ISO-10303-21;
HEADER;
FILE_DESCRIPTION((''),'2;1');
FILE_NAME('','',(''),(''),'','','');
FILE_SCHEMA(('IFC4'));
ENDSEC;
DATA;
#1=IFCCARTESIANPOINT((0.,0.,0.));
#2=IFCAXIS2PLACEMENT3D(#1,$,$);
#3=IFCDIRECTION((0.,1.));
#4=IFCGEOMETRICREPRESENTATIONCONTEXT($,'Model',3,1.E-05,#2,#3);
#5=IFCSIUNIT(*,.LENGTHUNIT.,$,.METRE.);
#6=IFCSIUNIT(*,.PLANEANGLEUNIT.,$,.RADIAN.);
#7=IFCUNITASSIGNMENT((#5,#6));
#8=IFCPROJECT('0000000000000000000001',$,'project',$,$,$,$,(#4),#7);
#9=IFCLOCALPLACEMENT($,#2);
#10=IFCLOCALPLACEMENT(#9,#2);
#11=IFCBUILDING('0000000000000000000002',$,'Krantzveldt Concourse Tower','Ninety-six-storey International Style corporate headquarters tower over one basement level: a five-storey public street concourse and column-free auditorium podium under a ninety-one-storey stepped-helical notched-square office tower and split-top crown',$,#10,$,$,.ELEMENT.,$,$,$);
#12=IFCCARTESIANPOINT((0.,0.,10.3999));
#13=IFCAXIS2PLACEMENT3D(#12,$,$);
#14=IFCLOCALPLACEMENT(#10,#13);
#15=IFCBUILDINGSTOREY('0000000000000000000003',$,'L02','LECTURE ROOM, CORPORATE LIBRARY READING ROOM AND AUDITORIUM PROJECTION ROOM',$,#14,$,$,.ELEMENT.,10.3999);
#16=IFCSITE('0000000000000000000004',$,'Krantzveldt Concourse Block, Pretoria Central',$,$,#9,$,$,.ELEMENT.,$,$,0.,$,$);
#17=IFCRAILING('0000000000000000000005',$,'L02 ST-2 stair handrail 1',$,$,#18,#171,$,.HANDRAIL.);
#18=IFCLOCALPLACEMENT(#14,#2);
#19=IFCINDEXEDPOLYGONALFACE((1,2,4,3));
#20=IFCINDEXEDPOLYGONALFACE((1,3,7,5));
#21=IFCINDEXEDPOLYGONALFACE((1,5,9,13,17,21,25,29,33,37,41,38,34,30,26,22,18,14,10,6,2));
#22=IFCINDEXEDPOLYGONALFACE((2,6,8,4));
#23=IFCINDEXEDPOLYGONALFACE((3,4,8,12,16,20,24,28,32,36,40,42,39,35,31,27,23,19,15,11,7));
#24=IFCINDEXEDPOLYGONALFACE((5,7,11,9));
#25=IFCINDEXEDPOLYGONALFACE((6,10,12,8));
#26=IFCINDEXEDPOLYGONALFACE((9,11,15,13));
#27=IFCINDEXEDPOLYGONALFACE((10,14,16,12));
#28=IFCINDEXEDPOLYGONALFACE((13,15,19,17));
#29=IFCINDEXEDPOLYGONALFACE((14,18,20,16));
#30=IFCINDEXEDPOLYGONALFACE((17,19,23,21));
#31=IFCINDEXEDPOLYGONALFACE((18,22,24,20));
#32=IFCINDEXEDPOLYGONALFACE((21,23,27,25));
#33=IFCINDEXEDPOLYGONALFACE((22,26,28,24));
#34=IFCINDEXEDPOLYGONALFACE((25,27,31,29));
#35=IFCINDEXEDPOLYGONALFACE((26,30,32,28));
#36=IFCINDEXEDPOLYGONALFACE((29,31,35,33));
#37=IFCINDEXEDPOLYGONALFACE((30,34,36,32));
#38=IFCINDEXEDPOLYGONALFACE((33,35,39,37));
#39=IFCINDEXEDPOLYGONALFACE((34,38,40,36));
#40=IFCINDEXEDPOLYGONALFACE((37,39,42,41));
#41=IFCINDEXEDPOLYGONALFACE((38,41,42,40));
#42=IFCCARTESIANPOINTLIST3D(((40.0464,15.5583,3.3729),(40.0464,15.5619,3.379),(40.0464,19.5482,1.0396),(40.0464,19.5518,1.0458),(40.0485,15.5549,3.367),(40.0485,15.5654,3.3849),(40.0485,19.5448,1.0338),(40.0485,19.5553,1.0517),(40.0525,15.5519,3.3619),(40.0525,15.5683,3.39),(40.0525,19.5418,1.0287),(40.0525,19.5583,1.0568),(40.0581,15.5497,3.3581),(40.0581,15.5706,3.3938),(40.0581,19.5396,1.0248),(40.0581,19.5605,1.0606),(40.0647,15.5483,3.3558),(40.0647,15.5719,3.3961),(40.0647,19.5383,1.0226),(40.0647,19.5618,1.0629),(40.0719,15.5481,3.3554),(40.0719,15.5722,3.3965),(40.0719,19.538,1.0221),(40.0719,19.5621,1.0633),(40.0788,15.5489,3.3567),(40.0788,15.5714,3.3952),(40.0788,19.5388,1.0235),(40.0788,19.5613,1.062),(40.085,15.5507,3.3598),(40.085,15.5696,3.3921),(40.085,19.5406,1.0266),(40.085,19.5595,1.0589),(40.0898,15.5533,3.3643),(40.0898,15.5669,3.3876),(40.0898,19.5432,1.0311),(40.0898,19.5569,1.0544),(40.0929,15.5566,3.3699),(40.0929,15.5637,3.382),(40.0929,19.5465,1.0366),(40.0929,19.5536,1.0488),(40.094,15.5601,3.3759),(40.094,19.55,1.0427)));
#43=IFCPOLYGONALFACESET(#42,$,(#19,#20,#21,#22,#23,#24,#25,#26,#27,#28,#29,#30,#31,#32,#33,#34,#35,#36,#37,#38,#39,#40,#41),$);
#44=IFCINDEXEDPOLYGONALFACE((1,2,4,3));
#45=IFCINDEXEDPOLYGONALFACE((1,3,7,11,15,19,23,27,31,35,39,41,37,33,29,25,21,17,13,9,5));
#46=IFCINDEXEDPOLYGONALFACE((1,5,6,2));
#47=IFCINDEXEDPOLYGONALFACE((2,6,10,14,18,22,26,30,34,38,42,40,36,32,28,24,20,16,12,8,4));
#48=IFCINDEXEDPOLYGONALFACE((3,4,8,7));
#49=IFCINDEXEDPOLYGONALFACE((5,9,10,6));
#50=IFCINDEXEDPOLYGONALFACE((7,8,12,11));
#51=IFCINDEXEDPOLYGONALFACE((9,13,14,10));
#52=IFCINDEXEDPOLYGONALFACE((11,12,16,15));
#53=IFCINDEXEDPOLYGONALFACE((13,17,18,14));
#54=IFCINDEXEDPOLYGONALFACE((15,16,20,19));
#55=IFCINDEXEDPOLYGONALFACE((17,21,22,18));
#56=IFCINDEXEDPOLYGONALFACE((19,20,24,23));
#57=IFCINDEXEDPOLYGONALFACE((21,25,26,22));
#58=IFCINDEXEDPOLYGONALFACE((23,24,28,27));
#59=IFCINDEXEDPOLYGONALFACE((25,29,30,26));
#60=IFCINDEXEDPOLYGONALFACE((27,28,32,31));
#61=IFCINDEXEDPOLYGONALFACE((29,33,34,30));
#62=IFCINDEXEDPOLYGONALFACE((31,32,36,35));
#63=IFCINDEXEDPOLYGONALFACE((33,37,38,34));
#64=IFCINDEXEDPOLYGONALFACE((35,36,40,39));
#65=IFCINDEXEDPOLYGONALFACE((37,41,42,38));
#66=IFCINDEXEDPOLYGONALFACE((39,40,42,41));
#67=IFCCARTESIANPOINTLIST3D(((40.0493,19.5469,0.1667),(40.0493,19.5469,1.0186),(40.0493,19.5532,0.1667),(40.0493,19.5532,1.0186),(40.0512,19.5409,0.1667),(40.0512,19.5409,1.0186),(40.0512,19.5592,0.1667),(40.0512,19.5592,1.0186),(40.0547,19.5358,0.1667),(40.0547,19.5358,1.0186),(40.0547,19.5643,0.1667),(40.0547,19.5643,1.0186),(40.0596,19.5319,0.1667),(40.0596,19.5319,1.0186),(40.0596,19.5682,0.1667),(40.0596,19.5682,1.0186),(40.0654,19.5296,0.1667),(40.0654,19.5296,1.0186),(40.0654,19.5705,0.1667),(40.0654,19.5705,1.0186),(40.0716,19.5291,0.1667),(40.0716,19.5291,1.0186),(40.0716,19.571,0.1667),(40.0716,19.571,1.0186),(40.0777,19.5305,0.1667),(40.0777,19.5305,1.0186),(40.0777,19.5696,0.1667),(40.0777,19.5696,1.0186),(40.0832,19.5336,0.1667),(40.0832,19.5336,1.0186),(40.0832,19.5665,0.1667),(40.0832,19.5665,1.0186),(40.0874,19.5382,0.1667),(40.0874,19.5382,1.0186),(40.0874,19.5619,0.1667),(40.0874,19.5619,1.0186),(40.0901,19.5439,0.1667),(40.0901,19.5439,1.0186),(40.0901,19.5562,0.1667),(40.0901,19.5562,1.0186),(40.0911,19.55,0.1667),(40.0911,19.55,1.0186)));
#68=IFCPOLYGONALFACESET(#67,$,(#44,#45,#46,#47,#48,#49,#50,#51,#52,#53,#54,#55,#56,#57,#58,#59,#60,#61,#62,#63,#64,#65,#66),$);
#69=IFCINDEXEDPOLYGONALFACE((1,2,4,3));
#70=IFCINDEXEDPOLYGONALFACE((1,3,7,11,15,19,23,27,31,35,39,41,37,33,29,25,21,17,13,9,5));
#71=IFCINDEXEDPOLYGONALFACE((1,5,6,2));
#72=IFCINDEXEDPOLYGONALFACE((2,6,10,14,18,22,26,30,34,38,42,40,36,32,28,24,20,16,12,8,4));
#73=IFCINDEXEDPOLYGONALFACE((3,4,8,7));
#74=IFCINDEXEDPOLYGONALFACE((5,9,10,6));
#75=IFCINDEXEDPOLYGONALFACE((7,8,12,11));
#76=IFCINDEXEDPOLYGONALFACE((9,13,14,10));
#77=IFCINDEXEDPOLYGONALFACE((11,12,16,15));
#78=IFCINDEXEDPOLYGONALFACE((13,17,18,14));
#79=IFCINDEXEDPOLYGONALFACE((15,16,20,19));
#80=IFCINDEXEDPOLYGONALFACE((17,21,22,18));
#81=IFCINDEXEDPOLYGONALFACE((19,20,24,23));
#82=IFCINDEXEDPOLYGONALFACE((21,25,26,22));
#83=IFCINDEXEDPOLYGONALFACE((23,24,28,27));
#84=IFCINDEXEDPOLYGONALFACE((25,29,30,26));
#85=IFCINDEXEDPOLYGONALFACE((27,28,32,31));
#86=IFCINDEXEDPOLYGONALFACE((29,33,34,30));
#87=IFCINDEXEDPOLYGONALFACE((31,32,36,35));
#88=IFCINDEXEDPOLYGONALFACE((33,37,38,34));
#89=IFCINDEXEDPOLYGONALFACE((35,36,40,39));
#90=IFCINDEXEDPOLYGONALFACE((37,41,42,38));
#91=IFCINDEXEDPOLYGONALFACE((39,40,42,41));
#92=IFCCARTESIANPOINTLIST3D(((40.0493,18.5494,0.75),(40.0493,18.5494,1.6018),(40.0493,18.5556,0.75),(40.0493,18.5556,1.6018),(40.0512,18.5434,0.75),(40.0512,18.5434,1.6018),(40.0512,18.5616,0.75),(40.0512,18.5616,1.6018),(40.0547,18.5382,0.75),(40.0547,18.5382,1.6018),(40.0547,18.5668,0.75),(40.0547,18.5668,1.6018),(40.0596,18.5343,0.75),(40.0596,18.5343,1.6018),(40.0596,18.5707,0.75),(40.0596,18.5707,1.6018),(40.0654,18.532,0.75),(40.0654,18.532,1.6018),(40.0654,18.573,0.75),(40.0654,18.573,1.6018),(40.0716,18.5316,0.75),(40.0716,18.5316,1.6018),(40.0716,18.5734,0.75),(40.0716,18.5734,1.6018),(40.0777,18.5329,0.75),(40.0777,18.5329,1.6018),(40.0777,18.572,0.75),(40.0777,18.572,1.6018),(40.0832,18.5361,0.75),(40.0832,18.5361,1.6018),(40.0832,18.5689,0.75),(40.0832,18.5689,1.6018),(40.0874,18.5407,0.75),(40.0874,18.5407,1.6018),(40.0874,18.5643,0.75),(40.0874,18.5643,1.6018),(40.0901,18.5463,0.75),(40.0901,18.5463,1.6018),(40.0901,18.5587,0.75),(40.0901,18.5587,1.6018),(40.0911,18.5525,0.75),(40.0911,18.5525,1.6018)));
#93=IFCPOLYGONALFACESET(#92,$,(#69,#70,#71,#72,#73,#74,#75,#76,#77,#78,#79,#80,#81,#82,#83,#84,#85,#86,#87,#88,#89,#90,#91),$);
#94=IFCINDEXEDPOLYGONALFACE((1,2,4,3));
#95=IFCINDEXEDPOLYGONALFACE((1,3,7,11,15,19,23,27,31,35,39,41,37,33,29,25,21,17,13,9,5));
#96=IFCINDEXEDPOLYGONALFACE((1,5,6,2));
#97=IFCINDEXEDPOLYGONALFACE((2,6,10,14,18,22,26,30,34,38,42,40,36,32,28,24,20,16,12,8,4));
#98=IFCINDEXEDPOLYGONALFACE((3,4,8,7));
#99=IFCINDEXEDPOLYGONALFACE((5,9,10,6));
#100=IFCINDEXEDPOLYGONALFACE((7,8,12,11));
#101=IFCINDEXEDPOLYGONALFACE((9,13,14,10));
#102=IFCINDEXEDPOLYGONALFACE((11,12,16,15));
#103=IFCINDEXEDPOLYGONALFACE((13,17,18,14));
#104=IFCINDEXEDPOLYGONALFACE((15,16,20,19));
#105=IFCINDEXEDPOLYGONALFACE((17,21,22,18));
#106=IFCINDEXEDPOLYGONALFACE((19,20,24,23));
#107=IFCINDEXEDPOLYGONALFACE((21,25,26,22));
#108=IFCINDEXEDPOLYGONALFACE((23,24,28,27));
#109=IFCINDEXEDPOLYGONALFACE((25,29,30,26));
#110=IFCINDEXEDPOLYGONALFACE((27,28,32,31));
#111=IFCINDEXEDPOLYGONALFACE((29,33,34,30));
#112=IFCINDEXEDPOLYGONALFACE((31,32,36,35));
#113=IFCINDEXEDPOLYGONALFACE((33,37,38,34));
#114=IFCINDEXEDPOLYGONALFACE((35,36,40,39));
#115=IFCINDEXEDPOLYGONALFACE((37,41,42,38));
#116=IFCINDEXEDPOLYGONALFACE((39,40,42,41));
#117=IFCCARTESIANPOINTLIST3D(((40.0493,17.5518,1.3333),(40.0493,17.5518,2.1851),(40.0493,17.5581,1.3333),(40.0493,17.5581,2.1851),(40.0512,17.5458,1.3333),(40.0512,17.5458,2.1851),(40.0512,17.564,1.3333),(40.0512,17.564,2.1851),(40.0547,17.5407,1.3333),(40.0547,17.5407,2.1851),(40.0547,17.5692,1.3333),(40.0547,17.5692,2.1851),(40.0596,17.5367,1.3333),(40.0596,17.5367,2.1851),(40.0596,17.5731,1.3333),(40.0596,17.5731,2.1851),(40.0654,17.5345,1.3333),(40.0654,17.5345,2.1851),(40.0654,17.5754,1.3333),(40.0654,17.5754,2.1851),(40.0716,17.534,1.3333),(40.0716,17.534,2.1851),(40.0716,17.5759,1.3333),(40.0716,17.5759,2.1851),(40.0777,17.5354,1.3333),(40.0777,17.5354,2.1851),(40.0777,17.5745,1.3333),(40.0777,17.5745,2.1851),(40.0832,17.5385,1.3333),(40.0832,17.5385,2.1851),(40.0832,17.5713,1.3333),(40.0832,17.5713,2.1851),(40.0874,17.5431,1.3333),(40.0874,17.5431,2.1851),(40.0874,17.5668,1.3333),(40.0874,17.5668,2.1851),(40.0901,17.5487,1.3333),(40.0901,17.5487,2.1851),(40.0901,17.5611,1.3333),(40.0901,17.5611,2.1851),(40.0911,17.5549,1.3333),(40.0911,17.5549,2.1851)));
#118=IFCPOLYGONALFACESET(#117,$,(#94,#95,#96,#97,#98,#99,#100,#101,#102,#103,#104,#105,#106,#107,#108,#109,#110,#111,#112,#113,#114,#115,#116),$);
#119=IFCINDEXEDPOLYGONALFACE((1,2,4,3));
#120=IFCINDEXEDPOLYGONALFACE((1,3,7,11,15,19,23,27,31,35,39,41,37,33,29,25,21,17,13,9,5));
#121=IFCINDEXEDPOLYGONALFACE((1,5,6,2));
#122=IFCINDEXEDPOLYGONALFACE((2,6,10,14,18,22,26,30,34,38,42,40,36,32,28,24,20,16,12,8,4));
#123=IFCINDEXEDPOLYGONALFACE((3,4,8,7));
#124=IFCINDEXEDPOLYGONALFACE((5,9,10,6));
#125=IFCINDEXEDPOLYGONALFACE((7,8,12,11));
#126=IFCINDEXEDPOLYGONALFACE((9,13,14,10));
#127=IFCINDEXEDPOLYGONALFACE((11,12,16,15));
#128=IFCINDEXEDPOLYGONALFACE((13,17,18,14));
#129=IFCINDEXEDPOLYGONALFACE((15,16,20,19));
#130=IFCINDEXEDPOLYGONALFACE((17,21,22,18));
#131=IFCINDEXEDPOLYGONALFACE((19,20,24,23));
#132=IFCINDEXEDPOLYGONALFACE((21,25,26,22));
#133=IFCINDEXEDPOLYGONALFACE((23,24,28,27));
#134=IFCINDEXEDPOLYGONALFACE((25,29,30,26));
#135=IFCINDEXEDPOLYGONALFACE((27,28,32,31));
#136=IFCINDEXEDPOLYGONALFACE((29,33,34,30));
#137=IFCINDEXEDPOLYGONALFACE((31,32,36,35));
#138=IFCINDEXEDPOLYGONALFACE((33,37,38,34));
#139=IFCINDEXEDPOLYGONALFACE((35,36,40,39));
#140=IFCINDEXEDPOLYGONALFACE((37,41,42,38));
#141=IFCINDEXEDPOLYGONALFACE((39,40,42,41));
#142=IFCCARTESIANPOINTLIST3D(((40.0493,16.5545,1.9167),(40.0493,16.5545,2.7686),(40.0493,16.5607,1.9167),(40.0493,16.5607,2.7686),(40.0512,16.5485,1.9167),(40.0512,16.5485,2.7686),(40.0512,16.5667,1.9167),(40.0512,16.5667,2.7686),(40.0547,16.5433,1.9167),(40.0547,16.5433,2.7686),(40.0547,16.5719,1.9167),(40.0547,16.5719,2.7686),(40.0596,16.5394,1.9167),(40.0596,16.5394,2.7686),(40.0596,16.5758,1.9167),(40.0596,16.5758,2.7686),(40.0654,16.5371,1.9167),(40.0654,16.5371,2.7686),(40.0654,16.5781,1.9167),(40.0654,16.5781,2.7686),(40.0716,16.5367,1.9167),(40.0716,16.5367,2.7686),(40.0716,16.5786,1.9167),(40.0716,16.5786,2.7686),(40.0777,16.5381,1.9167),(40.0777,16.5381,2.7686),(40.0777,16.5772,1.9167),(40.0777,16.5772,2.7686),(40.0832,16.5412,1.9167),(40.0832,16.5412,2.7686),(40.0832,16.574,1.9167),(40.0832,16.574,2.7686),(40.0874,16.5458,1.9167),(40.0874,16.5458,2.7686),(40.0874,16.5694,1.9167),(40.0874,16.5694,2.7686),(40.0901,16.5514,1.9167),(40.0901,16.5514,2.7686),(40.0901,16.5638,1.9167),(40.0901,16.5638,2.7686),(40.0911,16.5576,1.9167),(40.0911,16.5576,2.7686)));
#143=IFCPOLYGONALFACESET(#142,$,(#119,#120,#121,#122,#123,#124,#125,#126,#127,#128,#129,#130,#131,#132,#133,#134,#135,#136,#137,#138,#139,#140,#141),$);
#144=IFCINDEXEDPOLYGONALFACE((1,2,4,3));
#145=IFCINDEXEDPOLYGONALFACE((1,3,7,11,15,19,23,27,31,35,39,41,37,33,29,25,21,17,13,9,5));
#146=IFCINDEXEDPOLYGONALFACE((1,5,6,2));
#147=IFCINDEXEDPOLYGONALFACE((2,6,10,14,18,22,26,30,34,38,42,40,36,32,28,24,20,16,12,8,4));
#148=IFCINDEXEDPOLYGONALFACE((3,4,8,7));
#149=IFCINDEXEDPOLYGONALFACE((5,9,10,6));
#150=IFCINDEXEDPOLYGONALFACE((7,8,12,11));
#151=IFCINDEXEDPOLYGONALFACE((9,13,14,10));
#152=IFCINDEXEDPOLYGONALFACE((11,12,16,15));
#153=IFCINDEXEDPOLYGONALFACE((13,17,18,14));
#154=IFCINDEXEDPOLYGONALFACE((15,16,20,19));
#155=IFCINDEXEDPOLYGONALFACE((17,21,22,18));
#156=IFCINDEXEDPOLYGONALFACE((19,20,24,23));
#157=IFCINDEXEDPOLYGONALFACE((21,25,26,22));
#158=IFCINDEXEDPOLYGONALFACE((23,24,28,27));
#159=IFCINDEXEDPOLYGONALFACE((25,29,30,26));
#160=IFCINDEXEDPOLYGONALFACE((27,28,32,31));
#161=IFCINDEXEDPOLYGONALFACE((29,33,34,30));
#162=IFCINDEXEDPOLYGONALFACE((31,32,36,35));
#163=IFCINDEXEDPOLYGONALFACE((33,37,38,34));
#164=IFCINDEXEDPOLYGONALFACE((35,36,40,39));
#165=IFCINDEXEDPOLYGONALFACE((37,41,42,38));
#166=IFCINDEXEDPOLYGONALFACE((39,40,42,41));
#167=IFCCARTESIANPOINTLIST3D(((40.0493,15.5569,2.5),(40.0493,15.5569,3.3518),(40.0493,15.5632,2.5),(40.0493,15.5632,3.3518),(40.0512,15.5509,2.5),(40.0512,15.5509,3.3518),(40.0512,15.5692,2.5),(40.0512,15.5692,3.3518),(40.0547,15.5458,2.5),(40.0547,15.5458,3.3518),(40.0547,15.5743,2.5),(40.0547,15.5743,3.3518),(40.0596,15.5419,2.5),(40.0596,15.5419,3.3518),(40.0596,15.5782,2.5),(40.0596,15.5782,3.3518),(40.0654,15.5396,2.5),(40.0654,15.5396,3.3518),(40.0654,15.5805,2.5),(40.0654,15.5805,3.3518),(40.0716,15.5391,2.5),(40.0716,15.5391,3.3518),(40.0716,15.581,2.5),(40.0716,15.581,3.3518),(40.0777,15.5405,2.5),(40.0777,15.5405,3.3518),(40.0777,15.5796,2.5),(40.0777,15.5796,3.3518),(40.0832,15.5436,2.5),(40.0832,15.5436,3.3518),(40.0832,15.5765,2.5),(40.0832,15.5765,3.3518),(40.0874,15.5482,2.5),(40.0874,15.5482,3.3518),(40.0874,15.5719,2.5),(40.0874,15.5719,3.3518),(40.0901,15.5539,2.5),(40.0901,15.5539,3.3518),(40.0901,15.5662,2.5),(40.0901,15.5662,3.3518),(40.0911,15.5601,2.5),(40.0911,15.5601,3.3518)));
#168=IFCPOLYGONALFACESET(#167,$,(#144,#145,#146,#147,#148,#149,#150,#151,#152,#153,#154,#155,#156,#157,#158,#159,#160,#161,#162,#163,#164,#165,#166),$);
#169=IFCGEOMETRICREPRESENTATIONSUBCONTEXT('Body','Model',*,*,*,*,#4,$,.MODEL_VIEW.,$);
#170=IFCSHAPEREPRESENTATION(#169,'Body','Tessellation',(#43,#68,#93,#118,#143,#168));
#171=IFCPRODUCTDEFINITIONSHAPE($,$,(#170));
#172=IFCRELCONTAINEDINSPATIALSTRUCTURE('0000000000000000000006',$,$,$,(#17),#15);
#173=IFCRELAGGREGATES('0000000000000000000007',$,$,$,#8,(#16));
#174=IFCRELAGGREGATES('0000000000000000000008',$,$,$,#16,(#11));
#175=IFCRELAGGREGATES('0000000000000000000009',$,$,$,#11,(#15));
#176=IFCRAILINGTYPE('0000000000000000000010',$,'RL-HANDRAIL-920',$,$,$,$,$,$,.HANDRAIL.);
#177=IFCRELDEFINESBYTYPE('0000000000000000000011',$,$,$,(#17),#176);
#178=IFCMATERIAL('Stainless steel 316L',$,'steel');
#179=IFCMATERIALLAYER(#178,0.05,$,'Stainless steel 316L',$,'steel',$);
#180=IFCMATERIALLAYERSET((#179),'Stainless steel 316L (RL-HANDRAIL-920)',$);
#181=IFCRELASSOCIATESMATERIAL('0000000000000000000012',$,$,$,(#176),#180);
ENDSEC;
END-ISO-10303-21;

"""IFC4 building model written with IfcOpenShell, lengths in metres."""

from ifc_helpers import new_model, si_unit, direction, frame, origin, origin_2d, place, context, subcontext, project, spatial, circle, extrude, material, layer, layer_set, type_object, element, save


model = new_model("IFC4")

# Units and contexts
model_context = context("Model", 3, precision=1e-05, world=origin(), true_north=direction((0.0, 1.0)))
body_context = subcontext(model_context, "Body", "Model", "MODEL_VIEW")
ifc_project = project(units=[si_unit("LENGTHUNIT", "METRE"), si_unit("PLANEANGLEUNIT", "RADIAN")], contexts=[model_context])

# Site, building, storey
site_placement = place(None, origin())
site = spatial("IfcSite", under=ifc_project, at=site_placement, Name="Krantzveldt Concourse Block, Pretoria Central", CompositionType="ELEMENT", RefElevation=0.0)
building_placement = place(site_placement, origin())
building = spatial("IfcBuilding", under=site, at=building_placement, Name="Krantzveldt Concourse Tower", Description="Ninety-six-storey International Style corporate headquarters tower over one basement level: a five-storey public street concourse and column-free auditorium podium under a ninety-one-storey stepped-helical notched-square office tower and split-top crown", CompositionType="ELEMENT")
storey_placement = place(building_placement, frame((0.0, 0.0, 10.3999)))
storey = spatial("IfcBuildingStorey", under=building, at=storey_placement, Name="L02", Description="LECTURE ROOM, CORPORATE LIBRARY READING ROOM AND AUDITORIUM PROJECTION ROOM", CompositionType="ELEMENT", Elevation=10.3999)

# Shared definitions
ifc_material_1 = material(Name="Stainless steel 316L", Category="steel")

# Railing
ifc_layer_1 = layer(ifc_material_1, 0.05, Name="Stainless steel 316L", Category="steel")
ifc_layer_set_1 = layer_set([ifc_layer_1], Name="Stainless steel 316L (RL-HANDRAIL-920)")
railing_type_1 = type_object("IfcRailingType", Name="RL-HANDRAIL-920", PredefinedType="HANDRAIL", material=ifc_layer_set_1)
railing_1_placement = place(storey_placement, frame((40.0701, 19.55, 0.1667)))
element("IfcRailing", 1, at=railing_1_placement, inside=storey, type_object=railing_type_1, Name="L02 ST-2 stair handrail 1", PredefinedType="HANDRAIL", context=body_context, shape_type="SweptSolid", body=[
    extrude(circle(Radius=0.0239, at=origin_2d()), frame((0.0, 0.0, 0.876), z_axis=(0.0, -0.863236, 0.5048), x_axis=(1.0, 0.0, 0.0)), (0.0, 0.0, 1.0), 4.6221),
    extrude(circle(Radius=0.021, at=origin_2d()), origin(), (0.0, 0.0, 1.0), 0.8518),
    extrude(circle(Radius=0.021, at=origin_2d()), frame((0.0, -0.9976, 0.5833)), (0.0, 0.0, 1.0), 0.8518),
    extrude(circle(Radius=0.021, at=origin_2d()), frame((0.0, -1.9951, 1.1665)), (0.0, 0.0, 1.0), 0.8518),
    extrude(circle(Radius=0.021, at=origin_2d()), frame((0.0, -2.9924, 1.75)), (0.0, 0.0, 1.0), 0.8518),
    extrude(circle(Radius=0.021, at=origin_2d()), frame((0.0, -3.99, 2.3333)), (0.0, 0.0, 1.0), 0.8518),
])

save(model, "model.ifc")
